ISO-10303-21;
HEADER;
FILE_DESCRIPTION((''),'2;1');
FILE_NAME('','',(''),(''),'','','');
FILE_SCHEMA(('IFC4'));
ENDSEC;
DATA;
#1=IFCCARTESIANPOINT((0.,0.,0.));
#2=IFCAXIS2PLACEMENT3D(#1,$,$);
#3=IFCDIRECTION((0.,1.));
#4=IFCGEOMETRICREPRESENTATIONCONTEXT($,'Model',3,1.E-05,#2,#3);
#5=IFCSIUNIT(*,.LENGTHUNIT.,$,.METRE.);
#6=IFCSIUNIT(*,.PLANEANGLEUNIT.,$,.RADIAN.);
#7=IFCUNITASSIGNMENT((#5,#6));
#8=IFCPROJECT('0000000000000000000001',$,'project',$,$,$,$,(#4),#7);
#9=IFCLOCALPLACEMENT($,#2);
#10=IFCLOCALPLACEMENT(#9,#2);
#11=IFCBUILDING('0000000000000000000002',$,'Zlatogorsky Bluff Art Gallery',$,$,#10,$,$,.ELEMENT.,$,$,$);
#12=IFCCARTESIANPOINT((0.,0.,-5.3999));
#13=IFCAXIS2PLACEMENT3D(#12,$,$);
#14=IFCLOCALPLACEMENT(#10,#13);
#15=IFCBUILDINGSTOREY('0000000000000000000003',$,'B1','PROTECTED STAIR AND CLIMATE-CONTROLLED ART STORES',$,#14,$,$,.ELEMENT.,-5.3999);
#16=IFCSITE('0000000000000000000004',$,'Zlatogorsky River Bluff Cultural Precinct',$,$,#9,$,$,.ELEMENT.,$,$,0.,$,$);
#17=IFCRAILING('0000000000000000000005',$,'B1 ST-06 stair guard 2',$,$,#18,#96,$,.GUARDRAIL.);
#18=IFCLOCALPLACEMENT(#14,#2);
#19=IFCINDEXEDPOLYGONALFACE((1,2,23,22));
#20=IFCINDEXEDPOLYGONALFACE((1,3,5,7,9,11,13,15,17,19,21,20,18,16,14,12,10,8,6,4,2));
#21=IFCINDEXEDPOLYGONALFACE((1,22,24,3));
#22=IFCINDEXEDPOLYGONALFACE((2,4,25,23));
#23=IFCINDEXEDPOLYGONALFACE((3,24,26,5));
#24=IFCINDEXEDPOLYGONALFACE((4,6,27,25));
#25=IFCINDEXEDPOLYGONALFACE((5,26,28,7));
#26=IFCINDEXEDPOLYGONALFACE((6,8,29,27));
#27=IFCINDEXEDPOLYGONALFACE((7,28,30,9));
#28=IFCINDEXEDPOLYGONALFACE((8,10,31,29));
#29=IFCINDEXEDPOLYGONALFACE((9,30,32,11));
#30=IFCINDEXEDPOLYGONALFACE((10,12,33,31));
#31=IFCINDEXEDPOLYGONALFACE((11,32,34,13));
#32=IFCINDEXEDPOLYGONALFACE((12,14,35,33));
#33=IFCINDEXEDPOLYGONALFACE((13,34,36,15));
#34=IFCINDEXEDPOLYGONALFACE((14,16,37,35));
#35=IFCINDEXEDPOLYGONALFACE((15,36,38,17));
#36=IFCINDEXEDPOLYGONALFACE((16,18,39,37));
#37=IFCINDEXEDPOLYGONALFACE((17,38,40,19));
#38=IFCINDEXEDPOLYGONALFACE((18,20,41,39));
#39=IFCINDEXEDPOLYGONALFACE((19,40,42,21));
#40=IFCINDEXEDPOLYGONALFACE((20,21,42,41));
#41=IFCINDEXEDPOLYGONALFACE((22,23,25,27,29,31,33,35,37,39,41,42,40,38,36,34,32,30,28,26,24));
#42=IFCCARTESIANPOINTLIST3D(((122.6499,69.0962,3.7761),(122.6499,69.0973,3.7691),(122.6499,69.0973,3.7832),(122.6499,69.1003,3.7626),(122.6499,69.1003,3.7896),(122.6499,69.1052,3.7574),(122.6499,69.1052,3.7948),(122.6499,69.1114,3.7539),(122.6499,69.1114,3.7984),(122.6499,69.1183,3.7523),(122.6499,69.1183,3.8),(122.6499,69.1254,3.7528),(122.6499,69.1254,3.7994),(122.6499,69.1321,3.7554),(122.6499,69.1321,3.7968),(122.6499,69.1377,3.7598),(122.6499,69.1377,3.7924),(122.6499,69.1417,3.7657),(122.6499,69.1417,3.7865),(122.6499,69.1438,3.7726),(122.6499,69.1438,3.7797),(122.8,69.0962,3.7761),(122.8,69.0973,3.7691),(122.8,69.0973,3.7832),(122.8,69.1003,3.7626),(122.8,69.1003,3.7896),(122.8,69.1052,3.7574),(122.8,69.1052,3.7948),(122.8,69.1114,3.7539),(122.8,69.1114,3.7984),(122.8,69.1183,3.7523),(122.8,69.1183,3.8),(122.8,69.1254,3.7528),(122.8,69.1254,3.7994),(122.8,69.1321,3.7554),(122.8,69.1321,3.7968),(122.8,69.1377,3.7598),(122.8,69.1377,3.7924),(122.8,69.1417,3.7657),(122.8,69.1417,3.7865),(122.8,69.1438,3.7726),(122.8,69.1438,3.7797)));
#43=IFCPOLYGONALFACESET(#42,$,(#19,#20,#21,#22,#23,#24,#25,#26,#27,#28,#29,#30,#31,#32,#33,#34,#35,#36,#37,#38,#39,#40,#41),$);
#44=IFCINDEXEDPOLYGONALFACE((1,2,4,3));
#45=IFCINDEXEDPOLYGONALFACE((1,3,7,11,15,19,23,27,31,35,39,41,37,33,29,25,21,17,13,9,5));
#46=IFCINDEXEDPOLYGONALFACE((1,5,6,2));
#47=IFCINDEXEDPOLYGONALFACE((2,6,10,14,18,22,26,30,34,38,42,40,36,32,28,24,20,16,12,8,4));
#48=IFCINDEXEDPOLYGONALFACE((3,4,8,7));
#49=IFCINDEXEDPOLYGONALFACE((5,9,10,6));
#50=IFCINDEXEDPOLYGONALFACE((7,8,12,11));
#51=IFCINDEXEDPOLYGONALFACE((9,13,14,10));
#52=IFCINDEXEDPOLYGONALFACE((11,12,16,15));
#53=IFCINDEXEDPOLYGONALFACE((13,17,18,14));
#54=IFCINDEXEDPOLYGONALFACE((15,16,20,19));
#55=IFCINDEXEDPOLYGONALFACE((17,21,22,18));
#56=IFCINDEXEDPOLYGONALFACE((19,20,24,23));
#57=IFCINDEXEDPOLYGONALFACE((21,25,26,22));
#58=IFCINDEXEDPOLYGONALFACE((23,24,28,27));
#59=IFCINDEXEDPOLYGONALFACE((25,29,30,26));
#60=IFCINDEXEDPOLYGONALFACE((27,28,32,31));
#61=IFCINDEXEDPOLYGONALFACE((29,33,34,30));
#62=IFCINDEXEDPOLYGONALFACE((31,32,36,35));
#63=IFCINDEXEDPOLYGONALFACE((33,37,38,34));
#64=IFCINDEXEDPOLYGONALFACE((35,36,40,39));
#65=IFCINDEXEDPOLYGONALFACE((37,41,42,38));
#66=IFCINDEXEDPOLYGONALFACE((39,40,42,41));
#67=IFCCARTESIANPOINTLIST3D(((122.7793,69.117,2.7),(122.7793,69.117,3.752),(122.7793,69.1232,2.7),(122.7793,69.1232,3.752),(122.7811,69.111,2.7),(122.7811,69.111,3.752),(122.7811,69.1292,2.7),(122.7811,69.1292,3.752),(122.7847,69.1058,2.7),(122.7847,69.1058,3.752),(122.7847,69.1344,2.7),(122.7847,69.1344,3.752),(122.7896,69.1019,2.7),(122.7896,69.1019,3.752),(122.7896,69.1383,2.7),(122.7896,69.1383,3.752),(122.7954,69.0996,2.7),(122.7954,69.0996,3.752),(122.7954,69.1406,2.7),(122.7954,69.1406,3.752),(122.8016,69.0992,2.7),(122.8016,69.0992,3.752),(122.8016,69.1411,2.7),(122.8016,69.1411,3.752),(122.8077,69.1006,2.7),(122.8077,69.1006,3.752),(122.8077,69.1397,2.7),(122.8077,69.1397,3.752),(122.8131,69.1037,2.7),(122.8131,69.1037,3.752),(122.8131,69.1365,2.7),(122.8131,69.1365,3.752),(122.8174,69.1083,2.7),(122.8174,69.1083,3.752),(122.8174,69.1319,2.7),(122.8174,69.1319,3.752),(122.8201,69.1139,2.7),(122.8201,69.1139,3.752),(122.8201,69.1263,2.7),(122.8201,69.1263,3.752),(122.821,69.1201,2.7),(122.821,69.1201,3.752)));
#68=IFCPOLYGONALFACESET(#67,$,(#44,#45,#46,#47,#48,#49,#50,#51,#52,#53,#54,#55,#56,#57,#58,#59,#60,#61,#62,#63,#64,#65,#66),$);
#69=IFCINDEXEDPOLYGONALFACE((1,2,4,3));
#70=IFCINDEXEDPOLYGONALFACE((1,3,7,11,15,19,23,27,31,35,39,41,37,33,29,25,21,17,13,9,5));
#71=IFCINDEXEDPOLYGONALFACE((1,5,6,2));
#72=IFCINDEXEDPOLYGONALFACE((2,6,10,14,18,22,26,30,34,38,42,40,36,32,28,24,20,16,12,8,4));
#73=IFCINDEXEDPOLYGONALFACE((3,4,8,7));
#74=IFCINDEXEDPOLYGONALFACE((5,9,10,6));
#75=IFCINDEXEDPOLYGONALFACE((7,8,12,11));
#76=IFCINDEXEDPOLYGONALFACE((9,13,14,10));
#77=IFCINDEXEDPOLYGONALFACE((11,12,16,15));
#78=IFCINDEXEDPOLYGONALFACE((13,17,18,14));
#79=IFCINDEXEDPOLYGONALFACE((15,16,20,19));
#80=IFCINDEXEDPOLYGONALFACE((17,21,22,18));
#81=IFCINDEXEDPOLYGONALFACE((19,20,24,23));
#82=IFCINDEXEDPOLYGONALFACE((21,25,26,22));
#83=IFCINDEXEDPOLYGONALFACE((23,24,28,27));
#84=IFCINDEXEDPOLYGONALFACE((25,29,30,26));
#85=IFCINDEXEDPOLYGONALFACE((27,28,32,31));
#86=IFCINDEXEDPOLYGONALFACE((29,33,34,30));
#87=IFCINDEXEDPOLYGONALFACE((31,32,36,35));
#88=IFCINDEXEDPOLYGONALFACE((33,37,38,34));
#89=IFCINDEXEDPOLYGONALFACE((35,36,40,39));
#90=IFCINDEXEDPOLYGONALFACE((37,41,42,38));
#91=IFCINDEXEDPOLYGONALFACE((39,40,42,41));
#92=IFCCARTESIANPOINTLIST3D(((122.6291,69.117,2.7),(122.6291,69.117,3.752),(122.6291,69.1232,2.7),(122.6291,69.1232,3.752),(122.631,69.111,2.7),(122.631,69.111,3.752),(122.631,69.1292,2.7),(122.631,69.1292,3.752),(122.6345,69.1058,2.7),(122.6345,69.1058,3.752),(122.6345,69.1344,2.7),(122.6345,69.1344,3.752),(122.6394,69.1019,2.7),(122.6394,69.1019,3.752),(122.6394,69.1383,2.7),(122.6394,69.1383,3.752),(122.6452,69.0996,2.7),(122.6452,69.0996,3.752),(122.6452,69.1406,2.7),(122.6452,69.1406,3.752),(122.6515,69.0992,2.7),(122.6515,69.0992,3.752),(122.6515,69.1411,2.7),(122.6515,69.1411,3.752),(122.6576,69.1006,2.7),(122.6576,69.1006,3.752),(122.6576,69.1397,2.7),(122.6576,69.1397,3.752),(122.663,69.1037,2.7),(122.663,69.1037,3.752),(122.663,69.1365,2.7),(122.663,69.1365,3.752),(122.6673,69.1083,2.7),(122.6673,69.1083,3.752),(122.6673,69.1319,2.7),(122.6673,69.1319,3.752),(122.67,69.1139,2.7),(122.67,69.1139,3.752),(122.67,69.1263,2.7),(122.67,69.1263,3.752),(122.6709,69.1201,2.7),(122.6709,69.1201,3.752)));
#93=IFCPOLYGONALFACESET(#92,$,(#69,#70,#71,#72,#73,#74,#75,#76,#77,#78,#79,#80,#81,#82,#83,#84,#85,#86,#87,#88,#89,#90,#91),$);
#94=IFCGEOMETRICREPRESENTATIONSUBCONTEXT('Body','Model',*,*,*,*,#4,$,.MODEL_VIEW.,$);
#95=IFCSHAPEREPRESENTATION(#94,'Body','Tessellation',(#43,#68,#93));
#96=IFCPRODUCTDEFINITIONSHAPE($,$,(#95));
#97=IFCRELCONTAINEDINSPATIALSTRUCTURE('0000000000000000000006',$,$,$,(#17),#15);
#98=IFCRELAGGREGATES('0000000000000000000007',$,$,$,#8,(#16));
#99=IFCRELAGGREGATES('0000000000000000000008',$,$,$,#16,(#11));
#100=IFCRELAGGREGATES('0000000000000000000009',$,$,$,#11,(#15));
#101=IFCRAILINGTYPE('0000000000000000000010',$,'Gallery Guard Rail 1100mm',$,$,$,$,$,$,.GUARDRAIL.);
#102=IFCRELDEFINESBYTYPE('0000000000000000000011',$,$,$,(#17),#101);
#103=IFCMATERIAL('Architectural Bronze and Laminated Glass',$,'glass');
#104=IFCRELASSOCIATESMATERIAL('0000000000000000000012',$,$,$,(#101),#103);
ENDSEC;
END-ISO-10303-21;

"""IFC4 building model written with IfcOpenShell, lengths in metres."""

from ifc_helpers import new_model, si_unit, direction, frame, origin, origin_2d, place, context, subcontext, project, spatial, circle, extrude, material, type_object, element, save


model = new_model("IFC4")

# Units and contexts
model_context = context("Model", 3, precision=1e-05, world=origin(), true_north=direction((0.0, 1.0)))
body_context = subcontext(model_context, "Body", "Model", "MODEL_VIEW")
ifc_project = project(units=[si_unit("LENGTHUNIT", "METRE"), si_unit("PLANEANGLEUNIT", "RADIAN")], contexts=[model_context])

# Site, building, storey
site_placement = place(None, origin())
site = spatial("IfcSite", under=ifc_project, at=site_placement, Name="Zlatogorsky River Bluff Cultural Precinct", CompositionType="ELEMENT", RefElevation=0.0)
building_placement = place(site_placement, origin())
building = spatial("IfcBuilding", under=site, at=building_placement, Name="Zlatogorsky Bluff Art Gallery", CompositionType="ELEMENT")
storey_placement = place(building_placement, frame((0.0, 0.0, -5.3999)))
storey = spatial("IfcBuildingStorey", under=building, at=storey_placement, Name="B1", Description="PROTECTED STAIR AND CLIMATE-CONTROLLED ART STORES", CompositionType="ELEMENT", Elevation=-5.3999)

# Railing
ifc_material_1 = material(Name="Architectural Bronze and Laminated Glass", Category="glass")
railing_type_1 = type_object("IfcRailingType", Name="Gallery Guard Rail 1100mm", PredefinedType="GUARDRAIL", material=ifc_material_1)
railing_1_placement = place(storey_placement, frame((122.8, 69.1201, 2.7)))
element("IfcRailing", 1, at=railing_1_placement, inside=storey, type_object=railing_type_1, Name="B1 ST-06 stair guard 2", PredefinedType="GUARDRAIL", context=body_context, shape_type="SweptSolid", body=[
    extrude(circle(Radius=0.0239, at=origin_2d()), frame((0.0, 0.0, 1.0762), z_axis=(-1.0, 0.0, 0.0), x_axis=(0.0, -1.0, 0.0)), (0.0, 0.0, 1.0), 0.1501),
    extrude(circle(Radius=0.021, at=origin_2d()), origin(), (0.0, 0.0, 1.0), 1.052),
    extrude(circle(Radius=0.021, at=origin_2d()), frame((-0.1501, 0.0, 0.0)), (0.0, 0.0, 1.0), 1.052),
])

save(model, "model.ifc")
